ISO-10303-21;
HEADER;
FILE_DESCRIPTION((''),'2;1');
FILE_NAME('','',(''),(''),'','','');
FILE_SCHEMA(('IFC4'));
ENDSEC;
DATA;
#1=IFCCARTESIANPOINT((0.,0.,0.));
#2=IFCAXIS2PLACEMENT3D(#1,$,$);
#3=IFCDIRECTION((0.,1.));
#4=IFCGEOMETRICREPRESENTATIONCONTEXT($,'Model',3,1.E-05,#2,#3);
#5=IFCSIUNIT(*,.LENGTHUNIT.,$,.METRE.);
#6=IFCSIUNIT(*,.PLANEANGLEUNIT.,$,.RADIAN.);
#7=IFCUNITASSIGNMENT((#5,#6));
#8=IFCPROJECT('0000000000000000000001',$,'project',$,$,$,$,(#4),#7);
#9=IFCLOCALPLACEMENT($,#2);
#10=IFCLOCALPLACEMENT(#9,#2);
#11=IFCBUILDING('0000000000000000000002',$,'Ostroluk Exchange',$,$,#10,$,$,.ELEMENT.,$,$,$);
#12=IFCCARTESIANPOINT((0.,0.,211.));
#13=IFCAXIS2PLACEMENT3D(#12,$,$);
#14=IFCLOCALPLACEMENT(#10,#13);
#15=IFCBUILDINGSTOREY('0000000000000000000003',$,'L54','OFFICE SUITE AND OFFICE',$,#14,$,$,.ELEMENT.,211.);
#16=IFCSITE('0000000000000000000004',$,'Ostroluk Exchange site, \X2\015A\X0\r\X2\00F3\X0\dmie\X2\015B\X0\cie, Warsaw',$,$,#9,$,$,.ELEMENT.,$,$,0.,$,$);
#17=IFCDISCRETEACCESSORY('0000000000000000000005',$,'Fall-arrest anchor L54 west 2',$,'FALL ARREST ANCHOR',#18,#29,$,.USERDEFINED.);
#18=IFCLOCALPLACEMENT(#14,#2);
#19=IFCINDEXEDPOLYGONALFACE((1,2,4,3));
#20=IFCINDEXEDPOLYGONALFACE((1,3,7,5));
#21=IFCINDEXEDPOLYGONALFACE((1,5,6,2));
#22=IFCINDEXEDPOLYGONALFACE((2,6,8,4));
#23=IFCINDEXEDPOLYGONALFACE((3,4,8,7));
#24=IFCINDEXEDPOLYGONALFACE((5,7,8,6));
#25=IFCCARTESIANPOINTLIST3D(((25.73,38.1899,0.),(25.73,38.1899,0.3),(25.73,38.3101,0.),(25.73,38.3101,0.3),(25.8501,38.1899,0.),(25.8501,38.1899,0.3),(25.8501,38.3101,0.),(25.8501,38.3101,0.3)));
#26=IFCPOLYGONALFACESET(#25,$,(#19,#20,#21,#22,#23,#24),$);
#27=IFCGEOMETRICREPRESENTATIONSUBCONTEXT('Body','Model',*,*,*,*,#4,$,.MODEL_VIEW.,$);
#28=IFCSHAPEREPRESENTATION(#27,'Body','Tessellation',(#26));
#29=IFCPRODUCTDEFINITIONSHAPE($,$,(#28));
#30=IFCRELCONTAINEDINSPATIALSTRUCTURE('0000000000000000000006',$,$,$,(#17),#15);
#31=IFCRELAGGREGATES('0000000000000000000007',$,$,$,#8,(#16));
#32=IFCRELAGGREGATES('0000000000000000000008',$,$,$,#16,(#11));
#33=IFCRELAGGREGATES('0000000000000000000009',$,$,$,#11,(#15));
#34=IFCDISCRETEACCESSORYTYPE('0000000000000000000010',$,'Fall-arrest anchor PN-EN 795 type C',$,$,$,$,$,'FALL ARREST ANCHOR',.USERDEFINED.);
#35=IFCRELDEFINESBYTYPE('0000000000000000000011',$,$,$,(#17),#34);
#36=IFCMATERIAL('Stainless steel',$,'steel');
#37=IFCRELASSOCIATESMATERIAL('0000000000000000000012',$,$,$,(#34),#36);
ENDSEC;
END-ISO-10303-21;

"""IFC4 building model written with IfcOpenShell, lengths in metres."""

from ifc_helpers import new_model, si_unit, direction, frame, origin, origin_2d, place, context, subcontext, project, spatial, rectangle, extrude, material, type_object, element, save


model = new_model("IFC4")

# Units and contexts
model_context = context("Model", 3, precision=1e-05, world=origin(), true_north=direction((0.0, 1.0)))
body_context = subcontext(model_context, "Body", "Model", "MODEL_VIEW")
ifc_project = project(units=[si_unit("LENGTHUNIT", "METRE"), si_unit("PLANEANGLEUNIT", "RADIAN")], contexts=[model_context])

# Site, building, storey
site_placement = place(None, origin())
site = spatial("IfcSite", under=ifc_project, at=site_placement, Name="Ostroluk Exchange site, Śródmieście, Warsaw", CompositionType="ELEMENT", RefElevation=0.0)
building_placement = place(site_placement, origin())
building = spatial("IfcBuilding", under=site, at=building_placement, Name="Ostroluk Exchange", CompositionType="ELEMENT")
storey_placement = place(building_placement, frame((0.0, 0.0, 211.0)))
storey = spatial("IfcBuildingStorey", under=building, at=storey_placement, Name="L54", Description="OFFICE SUITE AND OFFICE", CompositionType="ELEMENT", Elevation=211.0)

# Discrete accessory
ifc_material_1 = material(Name="Stainless steel", Category="steel")
discrete_accessory_type = type_object("IfcDiscreteAccessoryType", Name="Fall-arrest anchor PN-EN 795 type C", ElementType="FALL ARREST ANCHOR", PredefinedType="USERDEFINED", material=ifc_material_1)
discrete_accessory_placement = place(storey_placement, frame((25.79, 38.25, 0.0), z_axis=(0.0, 0.0, 1.0), x_axis=(1.0, 0.0, 0.0)))
element("IfcDiscreteAccessory", 1, at=discrete_accessory_placement, inside=storey, type_object=discrete_accessory_type, Name="Fall-arrest anchor L54 west 2", ObjectType="FALL ARREST ANCHOR", PredefinedType="USERDEFINED", context=body_context, shape_type="SweptSolid", body=[
    extrude(rectangle(XDim=0.1201, YDim=0.1201, at=origin_2d()), origin(), (0.0, 0.0, 1.0), 0.3),
])

save(model, "model.ifc")
